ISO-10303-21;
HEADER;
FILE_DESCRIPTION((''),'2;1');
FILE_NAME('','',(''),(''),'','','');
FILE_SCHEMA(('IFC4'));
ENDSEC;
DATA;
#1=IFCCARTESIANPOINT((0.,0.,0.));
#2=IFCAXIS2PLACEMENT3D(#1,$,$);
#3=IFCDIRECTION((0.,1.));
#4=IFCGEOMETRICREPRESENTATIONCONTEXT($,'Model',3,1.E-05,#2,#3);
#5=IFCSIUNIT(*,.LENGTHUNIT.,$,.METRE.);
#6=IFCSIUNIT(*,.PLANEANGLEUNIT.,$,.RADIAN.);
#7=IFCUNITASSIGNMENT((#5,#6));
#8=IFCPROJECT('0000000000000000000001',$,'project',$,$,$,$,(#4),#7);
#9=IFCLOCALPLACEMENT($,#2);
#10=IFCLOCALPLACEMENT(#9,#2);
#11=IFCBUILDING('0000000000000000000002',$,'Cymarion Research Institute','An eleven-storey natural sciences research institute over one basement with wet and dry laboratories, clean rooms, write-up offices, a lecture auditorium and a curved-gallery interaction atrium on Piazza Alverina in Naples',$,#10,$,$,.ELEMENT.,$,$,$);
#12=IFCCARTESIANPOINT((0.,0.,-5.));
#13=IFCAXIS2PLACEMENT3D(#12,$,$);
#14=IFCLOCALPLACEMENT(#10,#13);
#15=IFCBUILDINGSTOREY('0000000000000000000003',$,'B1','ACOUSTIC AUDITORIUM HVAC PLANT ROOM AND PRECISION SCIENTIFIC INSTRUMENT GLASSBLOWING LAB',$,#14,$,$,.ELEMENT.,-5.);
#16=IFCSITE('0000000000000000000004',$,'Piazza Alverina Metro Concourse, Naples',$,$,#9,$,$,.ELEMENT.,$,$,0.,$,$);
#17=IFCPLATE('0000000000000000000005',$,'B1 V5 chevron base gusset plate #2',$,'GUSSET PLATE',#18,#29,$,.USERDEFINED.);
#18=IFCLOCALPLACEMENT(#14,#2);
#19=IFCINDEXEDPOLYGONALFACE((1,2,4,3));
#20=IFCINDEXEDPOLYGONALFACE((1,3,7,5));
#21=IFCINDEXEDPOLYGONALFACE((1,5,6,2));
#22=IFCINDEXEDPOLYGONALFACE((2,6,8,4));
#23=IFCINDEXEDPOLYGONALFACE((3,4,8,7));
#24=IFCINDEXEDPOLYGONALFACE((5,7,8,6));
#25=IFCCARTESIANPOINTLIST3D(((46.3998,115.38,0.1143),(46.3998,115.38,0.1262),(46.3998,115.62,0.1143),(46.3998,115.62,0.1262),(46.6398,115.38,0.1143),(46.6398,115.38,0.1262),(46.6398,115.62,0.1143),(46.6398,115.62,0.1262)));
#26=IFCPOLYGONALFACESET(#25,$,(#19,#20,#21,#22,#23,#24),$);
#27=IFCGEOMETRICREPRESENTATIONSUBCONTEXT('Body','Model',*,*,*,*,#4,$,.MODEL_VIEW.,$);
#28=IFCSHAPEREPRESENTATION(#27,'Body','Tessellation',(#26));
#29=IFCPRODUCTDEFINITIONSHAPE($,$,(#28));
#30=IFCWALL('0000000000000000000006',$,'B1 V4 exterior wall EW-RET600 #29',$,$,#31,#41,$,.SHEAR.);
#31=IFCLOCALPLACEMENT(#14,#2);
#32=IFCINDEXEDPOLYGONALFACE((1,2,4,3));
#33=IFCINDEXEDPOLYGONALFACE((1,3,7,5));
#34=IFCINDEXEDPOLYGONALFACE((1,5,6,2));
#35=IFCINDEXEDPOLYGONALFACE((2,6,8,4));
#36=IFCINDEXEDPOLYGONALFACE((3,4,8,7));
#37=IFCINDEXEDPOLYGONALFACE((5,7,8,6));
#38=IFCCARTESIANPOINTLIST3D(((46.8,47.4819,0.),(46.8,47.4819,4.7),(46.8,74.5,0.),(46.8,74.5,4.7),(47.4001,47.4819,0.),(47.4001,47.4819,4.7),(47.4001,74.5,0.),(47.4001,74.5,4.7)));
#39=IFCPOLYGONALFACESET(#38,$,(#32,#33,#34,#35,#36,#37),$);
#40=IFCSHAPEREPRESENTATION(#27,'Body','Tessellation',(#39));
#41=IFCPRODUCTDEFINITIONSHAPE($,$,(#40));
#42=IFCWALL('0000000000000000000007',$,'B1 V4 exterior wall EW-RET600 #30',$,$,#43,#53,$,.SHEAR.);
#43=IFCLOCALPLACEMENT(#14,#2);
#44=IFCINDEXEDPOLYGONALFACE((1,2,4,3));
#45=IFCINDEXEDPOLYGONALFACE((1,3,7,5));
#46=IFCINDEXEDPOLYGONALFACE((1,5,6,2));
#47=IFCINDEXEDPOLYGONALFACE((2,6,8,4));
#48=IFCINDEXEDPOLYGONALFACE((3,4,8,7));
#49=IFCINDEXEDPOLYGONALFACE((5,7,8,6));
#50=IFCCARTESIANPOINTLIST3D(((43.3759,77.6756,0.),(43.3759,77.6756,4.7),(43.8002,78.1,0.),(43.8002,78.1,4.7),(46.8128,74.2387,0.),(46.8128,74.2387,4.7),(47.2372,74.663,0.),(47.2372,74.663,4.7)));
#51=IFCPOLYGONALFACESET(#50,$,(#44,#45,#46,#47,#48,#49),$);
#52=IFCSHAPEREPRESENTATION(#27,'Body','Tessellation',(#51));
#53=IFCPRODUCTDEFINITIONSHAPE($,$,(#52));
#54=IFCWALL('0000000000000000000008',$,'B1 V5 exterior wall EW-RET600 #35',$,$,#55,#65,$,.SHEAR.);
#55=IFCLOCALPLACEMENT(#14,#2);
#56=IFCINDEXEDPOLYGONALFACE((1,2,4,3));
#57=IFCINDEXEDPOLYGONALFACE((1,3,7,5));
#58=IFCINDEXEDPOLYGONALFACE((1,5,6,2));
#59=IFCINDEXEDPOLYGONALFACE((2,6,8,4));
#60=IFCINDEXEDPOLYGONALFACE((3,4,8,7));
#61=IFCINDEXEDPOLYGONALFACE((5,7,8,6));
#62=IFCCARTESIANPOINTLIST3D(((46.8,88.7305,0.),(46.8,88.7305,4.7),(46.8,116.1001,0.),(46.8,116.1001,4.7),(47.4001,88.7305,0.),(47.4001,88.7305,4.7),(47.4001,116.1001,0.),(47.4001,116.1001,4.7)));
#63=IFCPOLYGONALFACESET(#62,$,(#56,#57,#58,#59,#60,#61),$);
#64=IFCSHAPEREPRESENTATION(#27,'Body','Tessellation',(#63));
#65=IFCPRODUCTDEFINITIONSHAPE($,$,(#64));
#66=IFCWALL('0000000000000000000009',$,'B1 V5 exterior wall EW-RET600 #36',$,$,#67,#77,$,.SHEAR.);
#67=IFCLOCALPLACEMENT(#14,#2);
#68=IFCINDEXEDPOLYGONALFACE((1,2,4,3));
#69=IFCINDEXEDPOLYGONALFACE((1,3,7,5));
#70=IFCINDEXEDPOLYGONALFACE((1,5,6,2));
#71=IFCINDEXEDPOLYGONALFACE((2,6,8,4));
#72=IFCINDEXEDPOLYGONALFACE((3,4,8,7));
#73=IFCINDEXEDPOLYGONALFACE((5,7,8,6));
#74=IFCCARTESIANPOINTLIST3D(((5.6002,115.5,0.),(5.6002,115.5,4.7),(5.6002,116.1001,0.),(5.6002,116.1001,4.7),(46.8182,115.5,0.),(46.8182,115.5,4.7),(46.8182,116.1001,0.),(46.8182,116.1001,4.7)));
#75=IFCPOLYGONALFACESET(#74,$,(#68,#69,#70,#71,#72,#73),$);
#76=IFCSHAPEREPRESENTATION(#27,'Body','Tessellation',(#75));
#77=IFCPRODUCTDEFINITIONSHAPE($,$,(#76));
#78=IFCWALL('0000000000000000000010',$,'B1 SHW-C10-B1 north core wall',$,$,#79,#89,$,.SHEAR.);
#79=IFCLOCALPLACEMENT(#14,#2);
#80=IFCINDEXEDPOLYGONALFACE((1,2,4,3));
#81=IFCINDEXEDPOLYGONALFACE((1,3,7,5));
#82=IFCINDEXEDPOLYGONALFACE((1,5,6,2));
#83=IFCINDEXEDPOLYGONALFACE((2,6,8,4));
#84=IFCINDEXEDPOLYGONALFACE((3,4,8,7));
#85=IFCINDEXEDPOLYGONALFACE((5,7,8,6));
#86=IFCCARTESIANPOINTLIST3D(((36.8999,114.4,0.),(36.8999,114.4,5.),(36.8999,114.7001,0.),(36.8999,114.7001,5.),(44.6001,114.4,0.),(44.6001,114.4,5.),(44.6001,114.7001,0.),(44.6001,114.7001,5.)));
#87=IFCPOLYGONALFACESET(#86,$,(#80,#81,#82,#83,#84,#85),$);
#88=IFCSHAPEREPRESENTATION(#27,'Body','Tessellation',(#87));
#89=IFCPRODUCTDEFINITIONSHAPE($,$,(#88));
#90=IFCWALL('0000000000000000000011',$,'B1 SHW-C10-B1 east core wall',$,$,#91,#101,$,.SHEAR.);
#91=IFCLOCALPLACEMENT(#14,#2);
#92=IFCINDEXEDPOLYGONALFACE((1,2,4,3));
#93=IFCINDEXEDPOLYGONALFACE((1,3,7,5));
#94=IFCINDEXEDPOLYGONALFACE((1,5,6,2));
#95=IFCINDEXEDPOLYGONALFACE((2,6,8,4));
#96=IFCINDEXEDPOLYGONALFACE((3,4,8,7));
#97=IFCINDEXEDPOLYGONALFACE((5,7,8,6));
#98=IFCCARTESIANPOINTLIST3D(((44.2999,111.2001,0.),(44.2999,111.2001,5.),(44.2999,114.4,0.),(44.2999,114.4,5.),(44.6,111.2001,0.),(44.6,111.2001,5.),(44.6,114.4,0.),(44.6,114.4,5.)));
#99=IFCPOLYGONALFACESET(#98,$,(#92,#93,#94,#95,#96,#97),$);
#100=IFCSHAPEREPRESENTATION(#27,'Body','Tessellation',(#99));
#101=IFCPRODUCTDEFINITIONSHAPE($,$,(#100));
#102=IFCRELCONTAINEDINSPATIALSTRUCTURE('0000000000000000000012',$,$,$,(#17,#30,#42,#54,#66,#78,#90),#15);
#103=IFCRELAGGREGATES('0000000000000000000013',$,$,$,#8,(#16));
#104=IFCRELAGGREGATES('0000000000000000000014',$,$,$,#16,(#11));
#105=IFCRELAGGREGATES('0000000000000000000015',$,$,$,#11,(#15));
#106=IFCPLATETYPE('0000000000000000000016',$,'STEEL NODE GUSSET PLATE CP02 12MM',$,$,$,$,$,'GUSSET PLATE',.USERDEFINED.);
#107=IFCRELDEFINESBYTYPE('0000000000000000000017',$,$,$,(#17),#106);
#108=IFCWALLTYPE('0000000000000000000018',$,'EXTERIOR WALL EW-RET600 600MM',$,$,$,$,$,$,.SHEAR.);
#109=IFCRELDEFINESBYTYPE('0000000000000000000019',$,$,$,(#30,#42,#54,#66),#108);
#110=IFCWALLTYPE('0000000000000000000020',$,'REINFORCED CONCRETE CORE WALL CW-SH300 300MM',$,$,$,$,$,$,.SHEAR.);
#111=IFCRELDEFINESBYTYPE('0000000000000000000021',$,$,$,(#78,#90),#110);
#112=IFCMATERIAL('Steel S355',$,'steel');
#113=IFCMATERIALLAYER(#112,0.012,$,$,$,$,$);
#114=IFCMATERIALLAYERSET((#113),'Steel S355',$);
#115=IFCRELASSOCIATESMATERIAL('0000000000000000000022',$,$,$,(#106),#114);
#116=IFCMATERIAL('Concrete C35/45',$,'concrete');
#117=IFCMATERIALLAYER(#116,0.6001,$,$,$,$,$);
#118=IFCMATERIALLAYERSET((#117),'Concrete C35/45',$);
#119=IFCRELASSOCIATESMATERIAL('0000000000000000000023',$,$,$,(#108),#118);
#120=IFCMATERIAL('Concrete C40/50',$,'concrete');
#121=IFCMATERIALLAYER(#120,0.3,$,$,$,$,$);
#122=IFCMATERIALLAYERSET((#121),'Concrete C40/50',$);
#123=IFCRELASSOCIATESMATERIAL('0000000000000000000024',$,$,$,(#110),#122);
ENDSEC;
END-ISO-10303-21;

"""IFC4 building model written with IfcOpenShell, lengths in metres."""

from ifc_helpers import new_model, si_unit, direction, frame, frame_2d, origin, origin_2d, place, context, subcontext, project, spatial, rectangle, extrude, material, layer, layer_set, type_object, element, save


model = new_model("IFC4")

# Units and contexts
model_context = context("Model", 3, precision=1e-05, world=origin(), true_north=direction((0.0, 1.0)))
body_context = subcontext(model_context, "Body", "Model", "MODEL_VIEW")
ifc_project = project(units=[si_unit("LENGTHUNIT", "METRE"), si_unit("PLANEANGLEUNIT", "RADIAN")], contexts=[model_context])

# Site, building, storey
site_placement = place(None, origin())
site = spatial("IfcSite", under=ifc_project, at=site_placement, Name="Piazza Alverina Metro Concourse, Naples", CompositionType="ELEMENT", RefElevation=0.0)
building_placement = place(site_placement, origin())
building = spatial("IfcBuilding", under=site, at=building_placement, Name="Cymarion Research Institute", Description="An eleven-storey natural sciences research institute over one basement with wet and dry laboratories, clean rooms, write-up offices, a lecture auditorium and a curved-gallery interaction atrium on Piazza Alverina in Naples", CompositionType="ELEMENT")
storey_placement = place(building_placement, frame((0.0, 0.0, -5.0)))
storey = spatial("IfcBuildingStorey", under=building, at=storey_placement, Name="B1", Description="ACOUSTIC AUDITORIUM HVAC PLANT ROOM AND PRECISION SCIENTIFIC INSTRUMENT GLASSBLOWING LAB", CompositionType="ELEMENT", Elevation=-5.0)

# Shared definitions
ifc_material_1 = material(Name="Concrete C35/45", Category="concrete")

# Shared definitions
ifc_material_2 = material(Name="Steel S355", Category="steel")

# Plate
ifc_layer_1 = layer(ifc_material_2, 0.012)
ifc_layer_set_1 = layer_set([ifc_layer_1], Name="Steel S355")
plate_type = type_object("IfcPlateType", Name="STEEL NODE GUSSET PLATE CP02 12MM", ElementType="GUSSET PLATE", PredefinedType="USERDEFINED", material=ifc_layer_set_1)
plate_placement = place(storey_placement, frame((46.5198, 115.5, 0.1143), z_axis=(0.0, 0.0, 1.0), x_axis=(1.0, 0.0, 0.0)))
element("IfcPlate", 1, at=plate_placement, inside=storey, type_object=plate_type, Name="B1 V5 chevron base gusset plate #2", ObjectType="GUSSET PLATE", PredefinedType="USERDEFINED", context=body_context, shape_type="SweptSolid", body=[
    extrude(rectangle(XDim=0.24, YDim=0.24, at=origin_2d()), origin(), (0.0, 0.0, 1.0), 0.012),
])

# Walls
ifc_layer_2 = layer(ifc_material_1, 0.6001)
ifc_layer_set_2 = layer_set([ifc_layer_2], Name="Concrete C35/45")
wall_type_1 = type_object("IfcWallType", Name="EXTERIOR WALL EW-RET600 600MM", PredefinedType="SHEAR", material=ifc_layer_set_2)
wall_1_placement = place(storey_placement, frame((47.1001, 47.4819, 0.0), z_axis=(0.0, 0.0, 1.0), x_axis=(0.0, 1.0, 0.0)))
element("IfcWall", 2, at=wall_1_placement, inside=storey, type_object=wall_type_1, Name="B1 V4 exterior wall EW-RET600 #29", PredefinedType="SHEAR", context=body_context, shape_type="SweptSolid", body=[
    extrude(rectangle(XDim=27.0181, YDim=0.6001, at=frame_2d((13.509, 0.0))), origin(), (0.0, 0.0, 1.0), 4.7),
])
wall_2_placement = place(storey_placement, frame((47.0249, 74.4509, 0.0), z_axis=(0.0, 0.0, 1.0), x_axis=(-0.707107, 0.707107, 0.0)))
element("IfcWall", 3, at=wall_2_placement, inside=storey, type_object=wall_type_1, Name="B1 V4 exterior wall EW-RET600 #30", PredefinedType="SHEAR", context=body_context, shape_type="SweptSolid", body=[
    extrude(rectangle(XDim=4.8606, YDim=0.6001, at=frame_2d((2.4302, 0.0))), origin(), (0.0, 0.0, 1.0), 4.7),
])
wall_3_placement = place(storey_placement, frame((47.1001, 88.7305, 0.0), z_axis=(0.0, 0.0, 1.0), x_axis=(0.0, 1.0, 0.0)))
element("IfcWall", 4, at=wall_3_placement, inside=storey, type_object=wall_type_1, Name="B1 V5 exterior wall EW-RET600 #35", PredefinedType="SHEAR", context=body_context, shape_type="SweptSolid", body=[
    extrude(rectangle(XDim=27.3696, YDim=0.6001, at=frame_2d((13.6848, 0.0))), origin(), (0.0, 0.0, 1.0), 4.7),
])
wall_4_placement = place(storey_placement, frame((46.8181, 115.8, 0.0), z_axis=(0.0, 0.0, 1.0), x_axis=(-1.0, 0.0, 0.0)))
element("IfcWall", 5, at=wall_4_placement, inside=storey, type_object=wall_type_1, Name="B1 V5 exterior wall EW-RET600 #36", PredefinedType="SHEAR", context=body_context, shape_type="SweptSolid", body=[
    extrude(rectangle(XDim=41.218, YDim=0.6001, at=frame_2d((20.6089, 0.0))), origin(), (0.0, 0.0, 1.0), 4.7),
])
ifc_material_3 = material(Name="Concrete C40/50", Category="concrete")
ifc_layer_3 = layer(ifc_material_3, 0.3)
ifc_layer_set_3 = layer_set([ifc_layer_3], Name="Concrete C40/50")
wall_type_2 = type_object("IfcWallType", Name="REINFORCED CONCRETE CORE WALL CW-SH300 300MM", PredefinedType="SHEAR", material=ifc_layer_set_3)
wall_5_placement = place(storey_placement, frame((44.6001, 114.55, 0.0), z_axis=(0.0, 0.0, 1.0), x_axis=(-1.0, 0.0, 0.0)))
element("IfcWall", 6, at=wall_5_placement, inside=storey, type_object=wall_type_2, Name="B1 SHW-C10-B1 north core wall", PredefinedType="SHEAR", context=body_context, shape_type="SweptSolid", body=[
    extrude(rectangle(XDim=7.7002, YDim=0.3, at=frame_2d((3.8501, 0.0))), origin(), (0.0, 0.0, 1.0), 5.0),
])
wall_6_placement = place(storey_placement, frame((44.45, 111.2, 0.0), z_axis=(0.0, 0.0, 1.0), x_axis=(0.0, 1.0, 0.0)))
element("IfcWall", 7, at=wall_6_placement, inside=storey, type_object=wall_type_2, Name="B1 SHW-C10-B1 east core wall", PredefinedType="SHEAR", context=body_context, shape_type="SweptSolid", body=[
    extrude(rectangle(XDim=3.2, YDim=0.3, at=frame_2d((1.6001, 0.0))), origin(), (0.0, 0.0, 1.0), 5.0),
])

save(model, "model.ifc")
